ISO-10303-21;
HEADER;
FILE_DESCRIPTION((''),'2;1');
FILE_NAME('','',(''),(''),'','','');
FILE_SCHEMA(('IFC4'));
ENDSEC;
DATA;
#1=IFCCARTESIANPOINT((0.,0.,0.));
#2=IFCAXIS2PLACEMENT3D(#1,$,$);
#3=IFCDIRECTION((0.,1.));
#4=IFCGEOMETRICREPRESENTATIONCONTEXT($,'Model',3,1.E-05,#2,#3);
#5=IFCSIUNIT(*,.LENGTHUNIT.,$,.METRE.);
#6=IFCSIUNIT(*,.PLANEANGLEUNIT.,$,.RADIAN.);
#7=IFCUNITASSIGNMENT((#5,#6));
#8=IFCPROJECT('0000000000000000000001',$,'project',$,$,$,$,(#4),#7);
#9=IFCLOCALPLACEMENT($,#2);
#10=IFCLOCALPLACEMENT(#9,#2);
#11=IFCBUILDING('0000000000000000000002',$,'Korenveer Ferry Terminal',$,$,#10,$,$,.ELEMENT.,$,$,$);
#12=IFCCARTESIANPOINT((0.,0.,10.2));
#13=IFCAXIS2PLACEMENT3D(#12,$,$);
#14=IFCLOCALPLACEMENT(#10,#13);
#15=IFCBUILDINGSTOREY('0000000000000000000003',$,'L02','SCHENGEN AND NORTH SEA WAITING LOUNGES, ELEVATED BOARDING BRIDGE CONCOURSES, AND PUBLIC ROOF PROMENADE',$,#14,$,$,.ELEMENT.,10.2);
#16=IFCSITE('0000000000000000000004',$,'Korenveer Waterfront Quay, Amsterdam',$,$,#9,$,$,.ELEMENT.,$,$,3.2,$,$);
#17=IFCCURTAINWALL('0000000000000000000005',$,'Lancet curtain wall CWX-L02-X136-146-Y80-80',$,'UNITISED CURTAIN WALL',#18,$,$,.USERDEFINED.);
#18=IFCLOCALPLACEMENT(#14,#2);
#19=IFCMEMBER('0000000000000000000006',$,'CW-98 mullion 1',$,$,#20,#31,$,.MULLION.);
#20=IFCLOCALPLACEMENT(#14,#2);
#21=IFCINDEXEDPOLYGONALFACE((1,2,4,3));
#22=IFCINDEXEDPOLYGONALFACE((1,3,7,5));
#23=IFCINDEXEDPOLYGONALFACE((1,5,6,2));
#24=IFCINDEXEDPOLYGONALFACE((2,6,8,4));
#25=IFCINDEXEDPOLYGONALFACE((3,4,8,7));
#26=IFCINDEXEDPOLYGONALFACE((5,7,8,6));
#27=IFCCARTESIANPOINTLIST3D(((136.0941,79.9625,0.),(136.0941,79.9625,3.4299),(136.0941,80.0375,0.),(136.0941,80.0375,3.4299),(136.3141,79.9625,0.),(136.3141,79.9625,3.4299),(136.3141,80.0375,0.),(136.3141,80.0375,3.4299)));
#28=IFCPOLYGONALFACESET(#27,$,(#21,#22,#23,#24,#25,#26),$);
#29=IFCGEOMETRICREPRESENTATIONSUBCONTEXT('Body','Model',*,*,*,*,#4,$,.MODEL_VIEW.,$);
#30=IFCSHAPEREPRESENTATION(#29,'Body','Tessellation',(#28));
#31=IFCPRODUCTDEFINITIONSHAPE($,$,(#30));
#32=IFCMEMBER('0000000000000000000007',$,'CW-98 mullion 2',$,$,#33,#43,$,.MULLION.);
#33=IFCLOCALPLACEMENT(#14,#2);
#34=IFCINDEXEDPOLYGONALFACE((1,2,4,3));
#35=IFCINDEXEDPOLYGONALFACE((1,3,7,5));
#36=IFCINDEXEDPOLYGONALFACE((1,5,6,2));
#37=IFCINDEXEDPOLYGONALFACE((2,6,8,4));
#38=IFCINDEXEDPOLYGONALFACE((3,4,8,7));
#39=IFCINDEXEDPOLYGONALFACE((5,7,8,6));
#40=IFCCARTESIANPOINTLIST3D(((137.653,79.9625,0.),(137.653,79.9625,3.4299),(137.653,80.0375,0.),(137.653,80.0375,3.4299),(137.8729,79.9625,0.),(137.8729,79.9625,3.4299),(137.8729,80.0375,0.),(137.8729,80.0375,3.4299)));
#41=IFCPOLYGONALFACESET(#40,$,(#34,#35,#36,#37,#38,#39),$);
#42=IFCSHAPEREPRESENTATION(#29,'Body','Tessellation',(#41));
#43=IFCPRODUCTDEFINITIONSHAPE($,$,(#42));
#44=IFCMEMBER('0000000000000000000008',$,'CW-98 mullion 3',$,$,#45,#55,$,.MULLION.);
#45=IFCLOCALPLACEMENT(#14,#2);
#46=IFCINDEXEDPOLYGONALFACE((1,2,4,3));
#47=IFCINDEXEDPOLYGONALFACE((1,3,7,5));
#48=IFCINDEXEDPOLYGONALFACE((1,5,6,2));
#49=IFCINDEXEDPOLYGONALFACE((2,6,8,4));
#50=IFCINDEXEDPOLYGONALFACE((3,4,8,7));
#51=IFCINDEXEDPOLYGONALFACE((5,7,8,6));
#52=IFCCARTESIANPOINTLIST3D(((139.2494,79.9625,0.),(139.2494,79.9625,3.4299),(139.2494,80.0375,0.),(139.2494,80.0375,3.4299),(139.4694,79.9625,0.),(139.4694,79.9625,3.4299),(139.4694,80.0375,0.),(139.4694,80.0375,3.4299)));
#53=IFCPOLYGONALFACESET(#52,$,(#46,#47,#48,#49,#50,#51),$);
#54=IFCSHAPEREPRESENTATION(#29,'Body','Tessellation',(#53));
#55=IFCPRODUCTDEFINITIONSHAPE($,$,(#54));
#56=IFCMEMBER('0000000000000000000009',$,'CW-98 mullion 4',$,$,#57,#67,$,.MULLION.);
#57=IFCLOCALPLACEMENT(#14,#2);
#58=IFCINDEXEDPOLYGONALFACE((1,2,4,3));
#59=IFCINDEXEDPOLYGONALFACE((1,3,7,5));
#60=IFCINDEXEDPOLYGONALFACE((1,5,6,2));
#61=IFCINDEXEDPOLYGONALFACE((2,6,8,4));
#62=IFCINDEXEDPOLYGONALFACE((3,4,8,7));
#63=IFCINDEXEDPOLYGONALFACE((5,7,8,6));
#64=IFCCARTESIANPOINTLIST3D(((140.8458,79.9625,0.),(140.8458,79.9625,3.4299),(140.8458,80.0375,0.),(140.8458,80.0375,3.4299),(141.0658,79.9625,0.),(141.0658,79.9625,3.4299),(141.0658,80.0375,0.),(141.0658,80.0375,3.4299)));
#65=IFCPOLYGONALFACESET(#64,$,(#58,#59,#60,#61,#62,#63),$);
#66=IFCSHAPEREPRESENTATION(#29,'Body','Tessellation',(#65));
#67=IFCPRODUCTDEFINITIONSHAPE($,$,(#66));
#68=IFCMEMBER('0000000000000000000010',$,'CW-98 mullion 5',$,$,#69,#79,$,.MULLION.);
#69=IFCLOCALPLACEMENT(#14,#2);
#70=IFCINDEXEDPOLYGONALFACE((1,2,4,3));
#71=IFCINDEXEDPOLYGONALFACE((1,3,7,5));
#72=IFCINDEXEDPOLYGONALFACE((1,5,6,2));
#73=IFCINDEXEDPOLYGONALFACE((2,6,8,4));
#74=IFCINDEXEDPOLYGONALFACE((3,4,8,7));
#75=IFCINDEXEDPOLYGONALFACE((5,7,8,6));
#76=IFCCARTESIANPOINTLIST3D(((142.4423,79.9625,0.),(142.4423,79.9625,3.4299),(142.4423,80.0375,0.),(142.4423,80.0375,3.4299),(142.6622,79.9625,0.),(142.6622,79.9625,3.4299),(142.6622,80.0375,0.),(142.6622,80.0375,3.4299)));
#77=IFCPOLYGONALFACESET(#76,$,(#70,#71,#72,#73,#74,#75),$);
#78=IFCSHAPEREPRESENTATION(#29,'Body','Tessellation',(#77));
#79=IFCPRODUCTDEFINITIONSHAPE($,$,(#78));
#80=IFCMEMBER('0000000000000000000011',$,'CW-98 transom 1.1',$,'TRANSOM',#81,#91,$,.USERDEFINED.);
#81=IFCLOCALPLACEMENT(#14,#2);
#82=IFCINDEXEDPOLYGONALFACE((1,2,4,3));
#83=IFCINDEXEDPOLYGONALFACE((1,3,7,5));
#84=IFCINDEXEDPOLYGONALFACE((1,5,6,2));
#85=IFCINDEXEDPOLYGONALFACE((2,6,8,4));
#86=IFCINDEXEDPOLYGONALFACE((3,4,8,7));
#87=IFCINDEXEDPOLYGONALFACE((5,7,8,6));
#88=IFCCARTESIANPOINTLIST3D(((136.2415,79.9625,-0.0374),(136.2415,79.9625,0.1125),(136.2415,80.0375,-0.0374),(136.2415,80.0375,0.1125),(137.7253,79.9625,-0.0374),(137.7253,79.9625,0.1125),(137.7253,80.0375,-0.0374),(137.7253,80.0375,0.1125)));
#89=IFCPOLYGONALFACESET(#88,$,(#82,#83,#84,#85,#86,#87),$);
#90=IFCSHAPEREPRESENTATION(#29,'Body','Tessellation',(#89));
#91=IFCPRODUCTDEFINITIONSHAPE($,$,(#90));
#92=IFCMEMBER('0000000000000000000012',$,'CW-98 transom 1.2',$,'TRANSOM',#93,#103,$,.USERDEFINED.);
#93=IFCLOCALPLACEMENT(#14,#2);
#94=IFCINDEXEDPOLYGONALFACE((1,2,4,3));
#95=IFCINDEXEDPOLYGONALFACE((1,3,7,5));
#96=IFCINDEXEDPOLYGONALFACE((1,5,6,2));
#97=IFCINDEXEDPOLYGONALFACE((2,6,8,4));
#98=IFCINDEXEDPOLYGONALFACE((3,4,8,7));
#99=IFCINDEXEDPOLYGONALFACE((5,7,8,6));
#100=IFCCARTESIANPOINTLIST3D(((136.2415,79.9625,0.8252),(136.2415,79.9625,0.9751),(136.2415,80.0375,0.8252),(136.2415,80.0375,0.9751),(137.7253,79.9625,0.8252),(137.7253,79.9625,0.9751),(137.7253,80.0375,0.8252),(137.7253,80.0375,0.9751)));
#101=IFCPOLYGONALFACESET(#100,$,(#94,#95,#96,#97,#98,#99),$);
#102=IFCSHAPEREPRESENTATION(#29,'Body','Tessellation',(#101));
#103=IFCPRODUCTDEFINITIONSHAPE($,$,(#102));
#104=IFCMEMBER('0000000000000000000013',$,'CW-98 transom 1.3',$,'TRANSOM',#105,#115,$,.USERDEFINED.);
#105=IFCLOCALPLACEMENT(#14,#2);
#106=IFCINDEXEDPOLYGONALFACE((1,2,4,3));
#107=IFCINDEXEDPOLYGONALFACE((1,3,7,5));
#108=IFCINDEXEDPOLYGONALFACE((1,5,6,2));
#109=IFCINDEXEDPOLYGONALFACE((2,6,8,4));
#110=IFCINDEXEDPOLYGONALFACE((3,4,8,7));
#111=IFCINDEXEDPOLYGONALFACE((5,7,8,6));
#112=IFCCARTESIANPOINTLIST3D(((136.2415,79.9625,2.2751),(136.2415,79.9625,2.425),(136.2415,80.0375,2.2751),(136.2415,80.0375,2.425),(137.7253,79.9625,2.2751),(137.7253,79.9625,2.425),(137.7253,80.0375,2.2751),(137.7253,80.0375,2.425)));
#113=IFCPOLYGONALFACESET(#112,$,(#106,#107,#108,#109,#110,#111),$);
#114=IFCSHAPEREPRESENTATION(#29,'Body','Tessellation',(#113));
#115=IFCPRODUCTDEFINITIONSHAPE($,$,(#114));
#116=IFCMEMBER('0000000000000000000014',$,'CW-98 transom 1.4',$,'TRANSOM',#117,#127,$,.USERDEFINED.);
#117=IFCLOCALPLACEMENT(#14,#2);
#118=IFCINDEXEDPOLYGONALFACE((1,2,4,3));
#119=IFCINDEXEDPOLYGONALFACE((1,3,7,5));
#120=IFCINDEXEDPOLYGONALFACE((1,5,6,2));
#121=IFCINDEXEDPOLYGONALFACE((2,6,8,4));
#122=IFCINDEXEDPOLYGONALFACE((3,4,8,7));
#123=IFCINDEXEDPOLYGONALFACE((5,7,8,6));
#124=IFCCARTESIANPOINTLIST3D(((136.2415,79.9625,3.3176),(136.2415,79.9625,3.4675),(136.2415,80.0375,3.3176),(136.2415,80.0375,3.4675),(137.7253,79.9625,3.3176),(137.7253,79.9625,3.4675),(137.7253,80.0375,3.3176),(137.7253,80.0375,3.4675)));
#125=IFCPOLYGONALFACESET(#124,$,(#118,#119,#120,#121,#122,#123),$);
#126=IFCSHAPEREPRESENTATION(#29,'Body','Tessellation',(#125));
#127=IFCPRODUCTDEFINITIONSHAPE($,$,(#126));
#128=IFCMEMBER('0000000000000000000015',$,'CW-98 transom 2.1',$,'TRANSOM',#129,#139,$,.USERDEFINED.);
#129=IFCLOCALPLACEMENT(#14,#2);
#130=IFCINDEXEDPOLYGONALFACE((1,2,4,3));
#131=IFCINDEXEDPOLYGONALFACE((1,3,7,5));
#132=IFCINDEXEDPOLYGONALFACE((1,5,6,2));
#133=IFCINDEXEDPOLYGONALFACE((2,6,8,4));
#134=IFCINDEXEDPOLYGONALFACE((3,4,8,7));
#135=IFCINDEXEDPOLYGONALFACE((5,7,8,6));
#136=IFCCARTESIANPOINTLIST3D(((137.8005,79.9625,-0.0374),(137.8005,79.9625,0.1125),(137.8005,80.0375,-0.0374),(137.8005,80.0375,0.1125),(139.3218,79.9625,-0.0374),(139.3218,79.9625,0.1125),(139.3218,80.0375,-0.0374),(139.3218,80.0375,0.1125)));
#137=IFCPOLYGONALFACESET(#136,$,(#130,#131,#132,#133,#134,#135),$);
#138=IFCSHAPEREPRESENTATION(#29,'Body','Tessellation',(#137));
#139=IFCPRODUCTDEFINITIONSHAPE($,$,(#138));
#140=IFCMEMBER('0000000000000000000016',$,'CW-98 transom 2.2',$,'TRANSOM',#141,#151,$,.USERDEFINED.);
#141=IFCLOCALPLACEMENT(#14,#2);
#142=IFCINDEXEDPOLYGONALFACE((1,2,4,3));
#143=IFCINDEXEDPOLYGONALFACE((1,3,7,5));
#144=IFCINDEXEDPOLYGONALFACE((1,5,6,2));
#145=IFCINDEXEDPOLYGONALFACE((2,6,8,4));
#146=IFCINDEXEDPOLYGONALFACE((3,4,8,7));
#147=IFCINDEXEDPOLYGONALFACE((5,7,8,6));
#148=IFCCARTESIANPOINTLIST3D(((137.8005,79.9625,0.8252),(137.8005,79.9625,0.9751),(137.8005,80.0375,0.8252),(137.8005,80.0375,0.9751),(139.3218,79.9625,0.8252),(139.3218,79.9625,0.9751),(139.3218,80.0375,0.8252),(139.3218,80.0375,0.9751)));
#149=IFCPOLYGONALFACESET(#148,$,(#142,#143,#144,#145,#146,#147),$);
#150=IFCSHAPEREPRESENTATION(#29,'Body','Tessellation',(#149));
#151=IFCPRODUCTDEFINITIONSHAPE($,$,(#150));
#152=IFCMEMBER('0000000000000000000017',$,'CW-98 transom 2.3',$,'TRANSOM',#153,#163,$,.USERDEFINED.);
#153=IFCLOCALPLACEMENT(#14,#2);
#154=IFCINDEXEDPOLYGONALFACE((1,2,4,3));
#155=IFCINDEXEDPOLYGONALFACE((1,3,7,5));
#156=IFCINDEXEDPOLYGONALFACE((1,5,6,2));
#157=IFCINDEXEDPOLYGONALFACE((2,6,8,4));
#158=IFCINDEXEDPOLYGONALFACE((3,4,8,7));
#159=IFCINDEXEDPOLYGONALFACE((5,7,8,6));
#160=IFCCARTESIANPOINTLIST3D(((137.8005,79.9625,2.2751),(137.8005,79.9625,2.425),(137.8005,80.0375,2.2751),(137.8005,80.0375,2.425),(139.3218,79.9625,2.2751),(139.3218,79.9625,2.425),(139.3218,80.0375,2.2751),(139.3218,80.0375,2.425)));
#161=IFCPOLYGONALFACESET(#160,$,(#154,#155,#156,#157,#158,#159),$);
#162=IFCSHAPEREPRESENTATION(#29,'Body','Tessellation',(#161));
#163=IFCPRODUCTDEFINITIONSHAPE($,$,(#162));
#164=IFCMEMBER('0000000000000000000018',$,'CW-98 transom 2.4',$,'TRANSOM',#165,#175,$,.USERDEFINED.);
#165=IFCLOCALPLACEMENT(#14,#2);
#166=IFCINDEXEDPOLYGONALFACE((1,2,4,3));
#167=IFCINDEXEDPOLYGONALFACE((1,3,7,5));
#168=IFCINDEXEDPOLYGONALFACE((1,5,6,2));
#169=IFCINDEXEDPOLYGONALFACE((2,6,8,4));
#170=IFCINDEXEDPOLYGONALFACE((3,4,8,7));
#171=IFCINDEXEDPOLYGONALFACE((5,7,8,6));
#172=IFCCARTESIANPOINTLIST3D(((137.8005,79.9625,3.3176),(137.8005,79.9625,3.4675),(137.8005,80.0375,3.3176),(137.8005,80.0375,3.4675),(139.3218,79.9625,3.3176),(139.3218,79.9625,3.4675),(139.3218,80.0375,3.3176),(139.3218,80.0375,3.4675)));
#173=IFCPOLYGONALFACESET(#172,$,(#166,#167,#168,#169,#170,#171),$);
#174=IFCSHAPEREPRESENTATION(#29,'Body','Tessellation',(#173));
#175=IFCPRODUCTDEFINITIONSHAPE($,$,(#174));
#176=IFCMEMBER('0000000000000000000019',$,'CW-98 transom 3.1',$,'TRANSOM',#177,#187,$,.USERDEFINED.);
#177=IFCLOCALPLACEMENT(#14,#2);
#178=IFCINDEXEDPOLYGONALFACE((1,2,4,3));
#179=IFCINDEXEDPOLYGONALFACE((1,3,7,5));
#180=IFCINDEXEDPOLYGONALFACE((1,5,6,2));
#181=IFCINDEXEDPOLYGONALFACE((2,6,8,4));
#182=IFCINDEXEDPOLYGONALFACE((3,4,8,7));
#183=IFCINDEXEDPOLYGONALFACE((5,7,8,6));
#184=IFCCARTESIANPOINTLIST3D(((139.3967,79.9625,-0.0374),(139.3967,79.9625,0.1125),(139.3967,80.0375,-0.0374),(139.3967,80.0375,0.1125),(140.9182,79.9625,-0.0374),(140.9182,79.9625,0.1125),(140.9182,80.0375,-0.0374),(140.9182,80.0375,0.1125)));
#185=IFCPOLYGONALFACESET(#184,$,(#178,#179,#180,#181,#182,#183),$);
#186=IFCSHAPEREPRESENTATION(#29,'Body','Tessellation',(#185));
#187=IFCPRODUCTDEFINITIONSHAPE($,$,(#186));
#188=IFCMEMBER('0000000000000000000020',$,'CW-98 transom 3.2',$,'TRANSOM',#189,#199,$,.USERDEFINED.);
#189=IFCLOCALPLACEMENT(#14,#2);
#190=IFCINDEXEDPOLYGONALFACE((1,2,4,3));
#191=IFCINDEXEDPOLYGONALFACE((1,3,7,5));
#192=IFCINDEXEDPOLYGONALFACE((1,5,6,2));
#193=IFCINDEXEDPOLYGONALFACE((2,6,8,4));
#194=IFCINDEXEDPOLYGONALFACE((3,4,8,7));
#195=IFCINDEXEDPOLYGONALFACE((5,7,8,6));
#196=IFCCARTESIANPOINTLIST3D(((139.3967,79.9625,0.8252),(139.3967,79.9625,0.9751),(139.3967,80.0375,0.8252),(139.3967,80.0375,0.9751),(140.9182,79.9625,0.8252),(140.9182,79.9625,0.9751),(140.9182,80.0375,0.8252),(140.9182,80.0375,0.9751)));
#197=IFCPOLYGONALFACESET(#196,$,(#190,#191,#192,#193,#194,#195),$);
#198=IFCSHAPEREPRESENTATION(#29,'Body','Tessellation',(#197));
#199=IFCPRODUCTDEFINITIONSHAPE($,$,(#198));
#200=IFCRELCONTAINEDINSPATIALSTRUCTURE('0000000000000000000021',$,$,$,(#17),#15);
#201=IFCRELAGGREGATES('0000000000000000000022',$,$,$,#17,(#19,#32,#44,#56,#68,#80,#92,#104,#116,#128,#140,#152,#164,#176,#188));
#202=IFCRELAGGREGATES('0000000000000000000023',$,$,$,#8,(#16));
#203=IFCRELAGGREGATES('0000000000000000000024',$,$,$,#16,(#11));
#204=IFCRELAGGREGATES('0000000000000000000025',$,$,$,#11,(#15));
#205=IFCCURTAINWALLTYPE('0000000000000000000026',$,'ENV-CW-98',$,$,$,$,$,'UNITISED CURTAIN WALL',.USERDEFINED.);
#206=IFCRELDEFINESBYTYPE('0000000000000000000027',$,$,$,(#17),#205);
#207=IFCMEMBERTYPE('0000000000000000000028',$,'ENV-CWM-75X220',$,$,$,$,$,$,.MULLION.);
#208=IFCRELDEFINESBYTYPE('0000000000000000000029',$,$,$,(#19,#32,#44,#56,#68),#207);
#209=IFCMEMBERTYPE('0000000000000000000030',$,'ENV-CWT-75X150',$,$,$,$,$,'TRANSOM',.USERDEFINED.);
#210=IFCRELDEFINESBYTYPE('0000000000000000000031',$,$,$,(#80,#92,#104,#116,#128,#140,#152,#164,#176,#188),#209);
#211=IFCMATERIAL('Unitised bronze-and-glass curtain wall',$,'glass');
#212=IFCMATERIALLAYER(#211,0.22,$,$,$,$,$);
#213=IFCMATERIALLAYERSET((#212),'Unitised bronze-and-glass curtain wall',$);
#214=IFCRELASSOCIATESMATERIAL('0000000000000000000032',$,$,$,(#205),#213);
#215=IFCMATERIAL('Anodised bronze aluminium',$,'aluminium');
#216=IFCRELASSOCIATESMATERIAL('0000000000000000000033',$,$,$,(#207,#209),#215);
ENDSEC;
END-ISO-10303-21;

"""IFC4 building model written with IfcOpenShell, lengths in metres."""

from ifc_helpers import new_model, si_unit, direction, frame, origin, origin_2d, place, context, subcontext, project, spatial, rectangle, extrude, material, layer, layer_set, material_profile, profile_set, type_object, element, aggregate, save


model = new_model("IFC4")

# Units and contexts
model_context = context("Model", 3, precision=1e-05, world=origin(), true_north=direction((0.0, 1.0)))
body_context = subcontext(model_context, "Body", "Model", "MODEL_VIEW")
ifc_project = project(units=[si_unit("LENGTHUNIT", "METRE"), si_unit("PLANEANGLEUNIT", "RADIAN")], contexts=[model_context])

# Site, building, storey
site_placement = place(None, origin())
site = spatial("IfcSite", under=ifc_project, at=site_placement, Name="Korenveer Waterfront Quay, Amsterdam", CompositionType="ELEMENT", RefElevation=3.2)
building_placement = place(site_placement, origin())
building = spatial("IfcBuilding", under=site, at=building_placement, Name="Korenveer Ferry Terminal", CompositionType="ELEMENT")
storey_placement = place(building_placement, frame((0.0, 0.0, 10.2)))
storey = spatial("IfcBuildingStorey", under=building, at=storey_placement, Name="L02", Description="SCHENGEN AND NORTH SEA WAITING LOUNGES, ELEVATED BOARDING BRIDGE CONCOURSES, AND PUBLIC ROOF PROMENADE", CompositionType="ELEMENT", Elevation=10.2)

# Curtain wall, members
ifc_material_1 = material(Name="Unitised bronze-and-glass curtain wall", Category="glass")
ifc_layer_1 = layer(ifc_material_1, 0.22)
ifc_layer_set_1 = layer_set([ifc_layer_1], Name="Unitised bronze-and-glass curtain wall")
curtain_wall_type = type_object("IfcCurtainWallType", Name="ENV-CW-98", ElementType="UNITISED CURTAIN WALL", PredefinedType="USERDEFINED", material=ifc_layer_set_1)
curtain_wall_placement = place(storey_placement, frame((136.1665, 80.0, 0.0)))
curtain_wall = element("IfcCurtainWall", 1, at=curtain_wall_placement, inside=storey, type_object=curtain_wall_type, Name="Lancet curtain wall CWX-L02-X136-146-Y80-80", ObjectType="UNITISED CURTAIN WALL", PredefinedType="USERDEFINED")
ifc_material_2 = material(Name="Anodised bronze aluminium", Category="aluminium")
ifc_material_profile_1 = material_profile(ifc_material_2, rectangle(XDim=0.075, YDim=0.22, at=origin_2d()), Name="ALU 75x220")
ifc_profile_set_1 = profile_set([ifc_material_profile_1], Name="Anodised bronze aluminium")
member_type_1 = type_object("IfcMemberType", Name="ENV-CWM-75X220", PredefinedType="MULLION", material=ifc_profile_set_1)
member_1_placement = place(storey_placement, frame((136.2041, 80.0, 0.0), z_axis=(0.0, 0.0, 1.0), x_axis=(0.0, 1.0, 0.0)))
member_1 = element("IfcMember", 2, at=member_1_placement, type_object=member_type_1, Name="CW-98 mullion 1", PredefinedType="MULLION", context=body_context, shape_type="SweptSolid", body=[
    extrude(rectangle(XDim=0.075, YDim=0.22, at=origin_2d()), origin(), (0.0, 0.0, 1.0), 3.4299),
])
member_2_placement = place(storey_placement, frame((137.7629, 80.0, 0.0), z_axis=(0.0, 0.0, 1.0), x_axis=(0.0, 1.0, 0.0)))
member_2 = element("IfcMember", 3, at=member_2_placement, type_object=member_type_1, Name="CW-98 mullion 2", PredefinedType="MULLION", context=body_context, shape_type="SweptSolid", body=[
    extrude(rectangle(XDim=0.075, YDim=0.22, at=origin_2d()), origin(), (0.0, 0.0, 1.0), 3.4299),
])
member_3_placement = place(storey_placement, frame((139.3594, 80.0, 0.0), z_axis=(0.0, 0.0, 1.0), x_axis=(0.0, 1.0, 0.0)))
member_3 = element("IfcMember", 4, at=member_3_placement, type_object=member_type_1, Name="CW-98 mullion 3", PredefinedType="MULLION", context=body_context, shape_type="SweptSolid", body=[
    extrude(rectangle(XDim=0.075, YDim=0.22, at=origin_2d()), origin(), (0.0, 0.0, 1.0), 3.4299),
])
member_4_placement = place(storey_placement, frame((140.9558, 80.0, 0.0), z_axis=(0.0, 0.0, 1.0), x_axis=(0.0, 1.0, 0.0)))
member_4 = element("IfcMember", 5, at=member_4_placement, type_object=member_type_1, Name="CW-98 mullion 4", PredefinedType="MULLION", context=body_context, shape_type="SweptSolid", body=[
    extrude(rectangle(XDim=0.075, YDim=0.22, at=origin_2d()), origin(), (0.0, 0.0, 1.0), 3.4299),
])
member_5_placement = place(storey_placement, frame((142.5522, 80.0, 0.0), z_axis=(0.0, 0.0, 1.0), x_axis=(0.0, 1.0, 0.0)))
member_5 = element("IfcMember", 6, at=member_5_placement, type_object=member_type_1, Name="CW-98 mullion 5", PredefinedType="MULLION", context=body_context, shape_type="SweptSolid", body=[
    extrude(rectangle(XDim=0.075, YDim=0.22, at=origin_2d()), origin(), (0.0, 0.0, 1.0), 3.4299),
])
ifc_material_profile_2 = material_profile(ifc_material_2, rectangle(XDim=0.075, YDim=0.1499, at=origin_2d()), Name="ALU 75x150")
ifc_profile_set_2 = profile_set([ifc_material_profile_2], Name="Anodised bronze aluminium")
member_type_2 = type_object("IfcMemberType", Name="ENV-CWT-75X150", ElementType="TRANSOM", PredefinedType="USERDEFINED", material=ifc_profile_set_2)
member_6_placement = place(storey_placement, frame((136.2415, 80.0, 0.0376), z_axis=(1.0, 0.0, 0.0), x_axis=(0.0, 1.0, 0.0)))
member_6 = element("IfcMember", 7, at=member_6_placement, type_object=member_type_2, Name="CW-98 transom 1.1", ObjectType="TRANSOM", PredefinedType="USERDEFINED", context=body_context, shape_type="SweptSolid", body=[
    extrude(rectangle(XDim=0.075, YDim=0.1499, at=origin_2d()), origin(), (0.0, 0.0, 1.0), 1.4839),
])
member_7_placement = place(storey_placement, frame((136.2415, 80.0, 0.9001), z_axis=(1.0, 0.0, 0.0), x_axis=(0.0, 1.0, 0.0)))
member_7 = element("IfcMember", 8, at=member_7_placement, type_object=member_type_2, Name="CW-98 transom 1.2", ObjectType="TRANSOM", PredefinedType="USERDEFINED", context=body_context, shape_type="SweptSolid", body=[
    extrude(rectangle(XDim=0.075, YDim=0.1499, at=origin_2d()), origin(), (0.0, 0.0, 1.0), 1.4839),
])
member_8_placement = place(storey_placement, frame((136.2415, 80.0, 2.3501), z_axis=(1.0, 0.0, 0.0), x_axis=(0.0, 1.0, 0.0)))
member_8 = element("IfcMember", 9, at=member_8_placement, type_object=member_type_2, Name="CW-98 transom 1.3", ObjectType="TRANSOM", PredefinedType="USERDEFINED", context=body_context, shape_type="SweptSolid", body=[
    extrude(rectangle(XDim=0.075, YDim=0.1499, at=origin_2d()), origin(), (0.0, 0.0, 1.0), 1.4839),
])
member_9_placement = place(storey_placement, frame((136.2415, 80.0, 3.3926), z_axis=(1.0, 0.0, 0.0), x_axis=(0.0, 1.0, 0.0)))
member_9 = element("IfcMember", 10, at=member_9_placement, type_object=member_type_2, Name="CW-98 transom 1.4", ObjectType="TRANSOM", PredefinedType="USERDEFINED", context=body_context, shape_type="SweptSolid", body=[
    extrude(rectangle(XDim=0.075, YDim=0.1499, at=origin_2d()), origin(), (0.0, 0.0, 1.0), 1.4839),
])
member_10_placement = place(storey_placement, frame((137.8005, 80.0, 0.0376), z_axis=(1.0, 0.0, 0.0), x_axis=(0.0, 1.0, 0.0)))
member_10 = element("IfcMember", 11, at=member_10_placement, type_object=member_type_2, Name="CW-98 transom 2.1", ObjectType="TRANSOM", PredefinedType="USERDEFINED", context=body_context, shape_type="SweptSolid", body=[
    extrude(rectangle(XDim=0.075, YDim=0.1499, at=origin_2d()), origin(), (0.0, 0.0, 1.0), 1.5212),
])
member_11_placement = place(storey_placement, frame((137.8005, 80.0, 0.9001), z_axis=(1.0, 0.0, 0.0), x_axis=(0.0, 1.0, 0.0)))
member_11 = element("IfcMember", 12, at=member_11_placement, type_object=member_type_2, Name="CW-98 transom 2.2", ObjectType="TRANSOM", PredefinedType="USERDEFINED", context=body_context, shape_type="SweptSolid", body=[
    extrude(rectangle(XDim=0.075, YDim=0.1499, at=origin_2d()), origin(), (0.0, 0.0, 1.0), 1.5212),
])
member_12_placement = place(storey_placement, frame((137.8005, 80.0, 2.3501), z_axis=(1.0, 0.0, 0.0), x_axis=(0.0, 1.0, 0.0)))
member_12 = element("IfcMember", 13, at=member_12_placement, type_object=member_type_2, Name="CW-98 transom 2.3", ObjectType="TRANSOM", PredefinedType="USERDEFINED", context=body_context, shape_type="SweptSolid", body=[
    extrude(rectangle(XDim=0.075, YDim=0.1499, at=origin_2d()), origin(), (0.0, 0.0, 1.0), 1.5212),
])
member_13_placement = place(storey_placement, frame((137.8005, 80.0, 3.3926), z_axis=(1.0, 0.0, 0.0), x_axis=(0.0, 1.0, 0.0)))
member_13 = element("IfcMember", 14, at=member_13_placement, type_object=member_type_2, Name="CW-98 transom 2.4", ObjectType="TRANSOM", PredefinedType="USERDEFINED", context=body_context, shape_type="SweptSolid", body=[
    extrude(rectangle(XDim=0.075, YDim=0.1499, at=origin_2d()), origin(), (0.0, 0.0, 1.0), 1.5212),
])
member_14_placement = place(storey_placement, frame((139.3967, 80.0, 0.0376), z_axis=(1.0, 0.0, 0.0), x_axis=(0.0, 1.0, 0.0)))
member_14 = element("IfcMember", 15, at=member_14_placement, type_object=member_type_2, Name="CW-98 transom 3.1", ObjectType="TRANSOM", PredefinedType="USERDEFINED", context=body_context, shape_type="SweptSolid", body=[
    extrude(rectangle(XDim=0.075, YDim=0.1499, at=origin_2d()), origin(), (0.0, 0.0, 1.0), 1.5215),
])
member_15_placement = place(storey_placement, frame((139.3967, 80.0, 0.9001), z_axis=(1.0, 0.0, 0.0), x_axis=(0.0, 1.0, 0.0)))
member_15 = element("IfcMember", 16, at=member_15_placement, type_object=member_type_2, Name="CW-98 transom 3.2", ObjectType="TRANSOM", PredefinedType="USERDEFINED", context=body_context, shape_type="SweptSolid", body=[
    extrude(rectangle(XDim=0.075, YDim=0.1499, at=origin_2d()), origin(), (0.0, 0.0, 1.0), 1.5215),
])

aggregate(curtain_wall, [member_1, member_2, member_3, member_4, member_5, member_6, member_7, member_8, member_9, member_10, member_11, member_12, member_13, member_14, member_15])

save(model, "model.ifc")
